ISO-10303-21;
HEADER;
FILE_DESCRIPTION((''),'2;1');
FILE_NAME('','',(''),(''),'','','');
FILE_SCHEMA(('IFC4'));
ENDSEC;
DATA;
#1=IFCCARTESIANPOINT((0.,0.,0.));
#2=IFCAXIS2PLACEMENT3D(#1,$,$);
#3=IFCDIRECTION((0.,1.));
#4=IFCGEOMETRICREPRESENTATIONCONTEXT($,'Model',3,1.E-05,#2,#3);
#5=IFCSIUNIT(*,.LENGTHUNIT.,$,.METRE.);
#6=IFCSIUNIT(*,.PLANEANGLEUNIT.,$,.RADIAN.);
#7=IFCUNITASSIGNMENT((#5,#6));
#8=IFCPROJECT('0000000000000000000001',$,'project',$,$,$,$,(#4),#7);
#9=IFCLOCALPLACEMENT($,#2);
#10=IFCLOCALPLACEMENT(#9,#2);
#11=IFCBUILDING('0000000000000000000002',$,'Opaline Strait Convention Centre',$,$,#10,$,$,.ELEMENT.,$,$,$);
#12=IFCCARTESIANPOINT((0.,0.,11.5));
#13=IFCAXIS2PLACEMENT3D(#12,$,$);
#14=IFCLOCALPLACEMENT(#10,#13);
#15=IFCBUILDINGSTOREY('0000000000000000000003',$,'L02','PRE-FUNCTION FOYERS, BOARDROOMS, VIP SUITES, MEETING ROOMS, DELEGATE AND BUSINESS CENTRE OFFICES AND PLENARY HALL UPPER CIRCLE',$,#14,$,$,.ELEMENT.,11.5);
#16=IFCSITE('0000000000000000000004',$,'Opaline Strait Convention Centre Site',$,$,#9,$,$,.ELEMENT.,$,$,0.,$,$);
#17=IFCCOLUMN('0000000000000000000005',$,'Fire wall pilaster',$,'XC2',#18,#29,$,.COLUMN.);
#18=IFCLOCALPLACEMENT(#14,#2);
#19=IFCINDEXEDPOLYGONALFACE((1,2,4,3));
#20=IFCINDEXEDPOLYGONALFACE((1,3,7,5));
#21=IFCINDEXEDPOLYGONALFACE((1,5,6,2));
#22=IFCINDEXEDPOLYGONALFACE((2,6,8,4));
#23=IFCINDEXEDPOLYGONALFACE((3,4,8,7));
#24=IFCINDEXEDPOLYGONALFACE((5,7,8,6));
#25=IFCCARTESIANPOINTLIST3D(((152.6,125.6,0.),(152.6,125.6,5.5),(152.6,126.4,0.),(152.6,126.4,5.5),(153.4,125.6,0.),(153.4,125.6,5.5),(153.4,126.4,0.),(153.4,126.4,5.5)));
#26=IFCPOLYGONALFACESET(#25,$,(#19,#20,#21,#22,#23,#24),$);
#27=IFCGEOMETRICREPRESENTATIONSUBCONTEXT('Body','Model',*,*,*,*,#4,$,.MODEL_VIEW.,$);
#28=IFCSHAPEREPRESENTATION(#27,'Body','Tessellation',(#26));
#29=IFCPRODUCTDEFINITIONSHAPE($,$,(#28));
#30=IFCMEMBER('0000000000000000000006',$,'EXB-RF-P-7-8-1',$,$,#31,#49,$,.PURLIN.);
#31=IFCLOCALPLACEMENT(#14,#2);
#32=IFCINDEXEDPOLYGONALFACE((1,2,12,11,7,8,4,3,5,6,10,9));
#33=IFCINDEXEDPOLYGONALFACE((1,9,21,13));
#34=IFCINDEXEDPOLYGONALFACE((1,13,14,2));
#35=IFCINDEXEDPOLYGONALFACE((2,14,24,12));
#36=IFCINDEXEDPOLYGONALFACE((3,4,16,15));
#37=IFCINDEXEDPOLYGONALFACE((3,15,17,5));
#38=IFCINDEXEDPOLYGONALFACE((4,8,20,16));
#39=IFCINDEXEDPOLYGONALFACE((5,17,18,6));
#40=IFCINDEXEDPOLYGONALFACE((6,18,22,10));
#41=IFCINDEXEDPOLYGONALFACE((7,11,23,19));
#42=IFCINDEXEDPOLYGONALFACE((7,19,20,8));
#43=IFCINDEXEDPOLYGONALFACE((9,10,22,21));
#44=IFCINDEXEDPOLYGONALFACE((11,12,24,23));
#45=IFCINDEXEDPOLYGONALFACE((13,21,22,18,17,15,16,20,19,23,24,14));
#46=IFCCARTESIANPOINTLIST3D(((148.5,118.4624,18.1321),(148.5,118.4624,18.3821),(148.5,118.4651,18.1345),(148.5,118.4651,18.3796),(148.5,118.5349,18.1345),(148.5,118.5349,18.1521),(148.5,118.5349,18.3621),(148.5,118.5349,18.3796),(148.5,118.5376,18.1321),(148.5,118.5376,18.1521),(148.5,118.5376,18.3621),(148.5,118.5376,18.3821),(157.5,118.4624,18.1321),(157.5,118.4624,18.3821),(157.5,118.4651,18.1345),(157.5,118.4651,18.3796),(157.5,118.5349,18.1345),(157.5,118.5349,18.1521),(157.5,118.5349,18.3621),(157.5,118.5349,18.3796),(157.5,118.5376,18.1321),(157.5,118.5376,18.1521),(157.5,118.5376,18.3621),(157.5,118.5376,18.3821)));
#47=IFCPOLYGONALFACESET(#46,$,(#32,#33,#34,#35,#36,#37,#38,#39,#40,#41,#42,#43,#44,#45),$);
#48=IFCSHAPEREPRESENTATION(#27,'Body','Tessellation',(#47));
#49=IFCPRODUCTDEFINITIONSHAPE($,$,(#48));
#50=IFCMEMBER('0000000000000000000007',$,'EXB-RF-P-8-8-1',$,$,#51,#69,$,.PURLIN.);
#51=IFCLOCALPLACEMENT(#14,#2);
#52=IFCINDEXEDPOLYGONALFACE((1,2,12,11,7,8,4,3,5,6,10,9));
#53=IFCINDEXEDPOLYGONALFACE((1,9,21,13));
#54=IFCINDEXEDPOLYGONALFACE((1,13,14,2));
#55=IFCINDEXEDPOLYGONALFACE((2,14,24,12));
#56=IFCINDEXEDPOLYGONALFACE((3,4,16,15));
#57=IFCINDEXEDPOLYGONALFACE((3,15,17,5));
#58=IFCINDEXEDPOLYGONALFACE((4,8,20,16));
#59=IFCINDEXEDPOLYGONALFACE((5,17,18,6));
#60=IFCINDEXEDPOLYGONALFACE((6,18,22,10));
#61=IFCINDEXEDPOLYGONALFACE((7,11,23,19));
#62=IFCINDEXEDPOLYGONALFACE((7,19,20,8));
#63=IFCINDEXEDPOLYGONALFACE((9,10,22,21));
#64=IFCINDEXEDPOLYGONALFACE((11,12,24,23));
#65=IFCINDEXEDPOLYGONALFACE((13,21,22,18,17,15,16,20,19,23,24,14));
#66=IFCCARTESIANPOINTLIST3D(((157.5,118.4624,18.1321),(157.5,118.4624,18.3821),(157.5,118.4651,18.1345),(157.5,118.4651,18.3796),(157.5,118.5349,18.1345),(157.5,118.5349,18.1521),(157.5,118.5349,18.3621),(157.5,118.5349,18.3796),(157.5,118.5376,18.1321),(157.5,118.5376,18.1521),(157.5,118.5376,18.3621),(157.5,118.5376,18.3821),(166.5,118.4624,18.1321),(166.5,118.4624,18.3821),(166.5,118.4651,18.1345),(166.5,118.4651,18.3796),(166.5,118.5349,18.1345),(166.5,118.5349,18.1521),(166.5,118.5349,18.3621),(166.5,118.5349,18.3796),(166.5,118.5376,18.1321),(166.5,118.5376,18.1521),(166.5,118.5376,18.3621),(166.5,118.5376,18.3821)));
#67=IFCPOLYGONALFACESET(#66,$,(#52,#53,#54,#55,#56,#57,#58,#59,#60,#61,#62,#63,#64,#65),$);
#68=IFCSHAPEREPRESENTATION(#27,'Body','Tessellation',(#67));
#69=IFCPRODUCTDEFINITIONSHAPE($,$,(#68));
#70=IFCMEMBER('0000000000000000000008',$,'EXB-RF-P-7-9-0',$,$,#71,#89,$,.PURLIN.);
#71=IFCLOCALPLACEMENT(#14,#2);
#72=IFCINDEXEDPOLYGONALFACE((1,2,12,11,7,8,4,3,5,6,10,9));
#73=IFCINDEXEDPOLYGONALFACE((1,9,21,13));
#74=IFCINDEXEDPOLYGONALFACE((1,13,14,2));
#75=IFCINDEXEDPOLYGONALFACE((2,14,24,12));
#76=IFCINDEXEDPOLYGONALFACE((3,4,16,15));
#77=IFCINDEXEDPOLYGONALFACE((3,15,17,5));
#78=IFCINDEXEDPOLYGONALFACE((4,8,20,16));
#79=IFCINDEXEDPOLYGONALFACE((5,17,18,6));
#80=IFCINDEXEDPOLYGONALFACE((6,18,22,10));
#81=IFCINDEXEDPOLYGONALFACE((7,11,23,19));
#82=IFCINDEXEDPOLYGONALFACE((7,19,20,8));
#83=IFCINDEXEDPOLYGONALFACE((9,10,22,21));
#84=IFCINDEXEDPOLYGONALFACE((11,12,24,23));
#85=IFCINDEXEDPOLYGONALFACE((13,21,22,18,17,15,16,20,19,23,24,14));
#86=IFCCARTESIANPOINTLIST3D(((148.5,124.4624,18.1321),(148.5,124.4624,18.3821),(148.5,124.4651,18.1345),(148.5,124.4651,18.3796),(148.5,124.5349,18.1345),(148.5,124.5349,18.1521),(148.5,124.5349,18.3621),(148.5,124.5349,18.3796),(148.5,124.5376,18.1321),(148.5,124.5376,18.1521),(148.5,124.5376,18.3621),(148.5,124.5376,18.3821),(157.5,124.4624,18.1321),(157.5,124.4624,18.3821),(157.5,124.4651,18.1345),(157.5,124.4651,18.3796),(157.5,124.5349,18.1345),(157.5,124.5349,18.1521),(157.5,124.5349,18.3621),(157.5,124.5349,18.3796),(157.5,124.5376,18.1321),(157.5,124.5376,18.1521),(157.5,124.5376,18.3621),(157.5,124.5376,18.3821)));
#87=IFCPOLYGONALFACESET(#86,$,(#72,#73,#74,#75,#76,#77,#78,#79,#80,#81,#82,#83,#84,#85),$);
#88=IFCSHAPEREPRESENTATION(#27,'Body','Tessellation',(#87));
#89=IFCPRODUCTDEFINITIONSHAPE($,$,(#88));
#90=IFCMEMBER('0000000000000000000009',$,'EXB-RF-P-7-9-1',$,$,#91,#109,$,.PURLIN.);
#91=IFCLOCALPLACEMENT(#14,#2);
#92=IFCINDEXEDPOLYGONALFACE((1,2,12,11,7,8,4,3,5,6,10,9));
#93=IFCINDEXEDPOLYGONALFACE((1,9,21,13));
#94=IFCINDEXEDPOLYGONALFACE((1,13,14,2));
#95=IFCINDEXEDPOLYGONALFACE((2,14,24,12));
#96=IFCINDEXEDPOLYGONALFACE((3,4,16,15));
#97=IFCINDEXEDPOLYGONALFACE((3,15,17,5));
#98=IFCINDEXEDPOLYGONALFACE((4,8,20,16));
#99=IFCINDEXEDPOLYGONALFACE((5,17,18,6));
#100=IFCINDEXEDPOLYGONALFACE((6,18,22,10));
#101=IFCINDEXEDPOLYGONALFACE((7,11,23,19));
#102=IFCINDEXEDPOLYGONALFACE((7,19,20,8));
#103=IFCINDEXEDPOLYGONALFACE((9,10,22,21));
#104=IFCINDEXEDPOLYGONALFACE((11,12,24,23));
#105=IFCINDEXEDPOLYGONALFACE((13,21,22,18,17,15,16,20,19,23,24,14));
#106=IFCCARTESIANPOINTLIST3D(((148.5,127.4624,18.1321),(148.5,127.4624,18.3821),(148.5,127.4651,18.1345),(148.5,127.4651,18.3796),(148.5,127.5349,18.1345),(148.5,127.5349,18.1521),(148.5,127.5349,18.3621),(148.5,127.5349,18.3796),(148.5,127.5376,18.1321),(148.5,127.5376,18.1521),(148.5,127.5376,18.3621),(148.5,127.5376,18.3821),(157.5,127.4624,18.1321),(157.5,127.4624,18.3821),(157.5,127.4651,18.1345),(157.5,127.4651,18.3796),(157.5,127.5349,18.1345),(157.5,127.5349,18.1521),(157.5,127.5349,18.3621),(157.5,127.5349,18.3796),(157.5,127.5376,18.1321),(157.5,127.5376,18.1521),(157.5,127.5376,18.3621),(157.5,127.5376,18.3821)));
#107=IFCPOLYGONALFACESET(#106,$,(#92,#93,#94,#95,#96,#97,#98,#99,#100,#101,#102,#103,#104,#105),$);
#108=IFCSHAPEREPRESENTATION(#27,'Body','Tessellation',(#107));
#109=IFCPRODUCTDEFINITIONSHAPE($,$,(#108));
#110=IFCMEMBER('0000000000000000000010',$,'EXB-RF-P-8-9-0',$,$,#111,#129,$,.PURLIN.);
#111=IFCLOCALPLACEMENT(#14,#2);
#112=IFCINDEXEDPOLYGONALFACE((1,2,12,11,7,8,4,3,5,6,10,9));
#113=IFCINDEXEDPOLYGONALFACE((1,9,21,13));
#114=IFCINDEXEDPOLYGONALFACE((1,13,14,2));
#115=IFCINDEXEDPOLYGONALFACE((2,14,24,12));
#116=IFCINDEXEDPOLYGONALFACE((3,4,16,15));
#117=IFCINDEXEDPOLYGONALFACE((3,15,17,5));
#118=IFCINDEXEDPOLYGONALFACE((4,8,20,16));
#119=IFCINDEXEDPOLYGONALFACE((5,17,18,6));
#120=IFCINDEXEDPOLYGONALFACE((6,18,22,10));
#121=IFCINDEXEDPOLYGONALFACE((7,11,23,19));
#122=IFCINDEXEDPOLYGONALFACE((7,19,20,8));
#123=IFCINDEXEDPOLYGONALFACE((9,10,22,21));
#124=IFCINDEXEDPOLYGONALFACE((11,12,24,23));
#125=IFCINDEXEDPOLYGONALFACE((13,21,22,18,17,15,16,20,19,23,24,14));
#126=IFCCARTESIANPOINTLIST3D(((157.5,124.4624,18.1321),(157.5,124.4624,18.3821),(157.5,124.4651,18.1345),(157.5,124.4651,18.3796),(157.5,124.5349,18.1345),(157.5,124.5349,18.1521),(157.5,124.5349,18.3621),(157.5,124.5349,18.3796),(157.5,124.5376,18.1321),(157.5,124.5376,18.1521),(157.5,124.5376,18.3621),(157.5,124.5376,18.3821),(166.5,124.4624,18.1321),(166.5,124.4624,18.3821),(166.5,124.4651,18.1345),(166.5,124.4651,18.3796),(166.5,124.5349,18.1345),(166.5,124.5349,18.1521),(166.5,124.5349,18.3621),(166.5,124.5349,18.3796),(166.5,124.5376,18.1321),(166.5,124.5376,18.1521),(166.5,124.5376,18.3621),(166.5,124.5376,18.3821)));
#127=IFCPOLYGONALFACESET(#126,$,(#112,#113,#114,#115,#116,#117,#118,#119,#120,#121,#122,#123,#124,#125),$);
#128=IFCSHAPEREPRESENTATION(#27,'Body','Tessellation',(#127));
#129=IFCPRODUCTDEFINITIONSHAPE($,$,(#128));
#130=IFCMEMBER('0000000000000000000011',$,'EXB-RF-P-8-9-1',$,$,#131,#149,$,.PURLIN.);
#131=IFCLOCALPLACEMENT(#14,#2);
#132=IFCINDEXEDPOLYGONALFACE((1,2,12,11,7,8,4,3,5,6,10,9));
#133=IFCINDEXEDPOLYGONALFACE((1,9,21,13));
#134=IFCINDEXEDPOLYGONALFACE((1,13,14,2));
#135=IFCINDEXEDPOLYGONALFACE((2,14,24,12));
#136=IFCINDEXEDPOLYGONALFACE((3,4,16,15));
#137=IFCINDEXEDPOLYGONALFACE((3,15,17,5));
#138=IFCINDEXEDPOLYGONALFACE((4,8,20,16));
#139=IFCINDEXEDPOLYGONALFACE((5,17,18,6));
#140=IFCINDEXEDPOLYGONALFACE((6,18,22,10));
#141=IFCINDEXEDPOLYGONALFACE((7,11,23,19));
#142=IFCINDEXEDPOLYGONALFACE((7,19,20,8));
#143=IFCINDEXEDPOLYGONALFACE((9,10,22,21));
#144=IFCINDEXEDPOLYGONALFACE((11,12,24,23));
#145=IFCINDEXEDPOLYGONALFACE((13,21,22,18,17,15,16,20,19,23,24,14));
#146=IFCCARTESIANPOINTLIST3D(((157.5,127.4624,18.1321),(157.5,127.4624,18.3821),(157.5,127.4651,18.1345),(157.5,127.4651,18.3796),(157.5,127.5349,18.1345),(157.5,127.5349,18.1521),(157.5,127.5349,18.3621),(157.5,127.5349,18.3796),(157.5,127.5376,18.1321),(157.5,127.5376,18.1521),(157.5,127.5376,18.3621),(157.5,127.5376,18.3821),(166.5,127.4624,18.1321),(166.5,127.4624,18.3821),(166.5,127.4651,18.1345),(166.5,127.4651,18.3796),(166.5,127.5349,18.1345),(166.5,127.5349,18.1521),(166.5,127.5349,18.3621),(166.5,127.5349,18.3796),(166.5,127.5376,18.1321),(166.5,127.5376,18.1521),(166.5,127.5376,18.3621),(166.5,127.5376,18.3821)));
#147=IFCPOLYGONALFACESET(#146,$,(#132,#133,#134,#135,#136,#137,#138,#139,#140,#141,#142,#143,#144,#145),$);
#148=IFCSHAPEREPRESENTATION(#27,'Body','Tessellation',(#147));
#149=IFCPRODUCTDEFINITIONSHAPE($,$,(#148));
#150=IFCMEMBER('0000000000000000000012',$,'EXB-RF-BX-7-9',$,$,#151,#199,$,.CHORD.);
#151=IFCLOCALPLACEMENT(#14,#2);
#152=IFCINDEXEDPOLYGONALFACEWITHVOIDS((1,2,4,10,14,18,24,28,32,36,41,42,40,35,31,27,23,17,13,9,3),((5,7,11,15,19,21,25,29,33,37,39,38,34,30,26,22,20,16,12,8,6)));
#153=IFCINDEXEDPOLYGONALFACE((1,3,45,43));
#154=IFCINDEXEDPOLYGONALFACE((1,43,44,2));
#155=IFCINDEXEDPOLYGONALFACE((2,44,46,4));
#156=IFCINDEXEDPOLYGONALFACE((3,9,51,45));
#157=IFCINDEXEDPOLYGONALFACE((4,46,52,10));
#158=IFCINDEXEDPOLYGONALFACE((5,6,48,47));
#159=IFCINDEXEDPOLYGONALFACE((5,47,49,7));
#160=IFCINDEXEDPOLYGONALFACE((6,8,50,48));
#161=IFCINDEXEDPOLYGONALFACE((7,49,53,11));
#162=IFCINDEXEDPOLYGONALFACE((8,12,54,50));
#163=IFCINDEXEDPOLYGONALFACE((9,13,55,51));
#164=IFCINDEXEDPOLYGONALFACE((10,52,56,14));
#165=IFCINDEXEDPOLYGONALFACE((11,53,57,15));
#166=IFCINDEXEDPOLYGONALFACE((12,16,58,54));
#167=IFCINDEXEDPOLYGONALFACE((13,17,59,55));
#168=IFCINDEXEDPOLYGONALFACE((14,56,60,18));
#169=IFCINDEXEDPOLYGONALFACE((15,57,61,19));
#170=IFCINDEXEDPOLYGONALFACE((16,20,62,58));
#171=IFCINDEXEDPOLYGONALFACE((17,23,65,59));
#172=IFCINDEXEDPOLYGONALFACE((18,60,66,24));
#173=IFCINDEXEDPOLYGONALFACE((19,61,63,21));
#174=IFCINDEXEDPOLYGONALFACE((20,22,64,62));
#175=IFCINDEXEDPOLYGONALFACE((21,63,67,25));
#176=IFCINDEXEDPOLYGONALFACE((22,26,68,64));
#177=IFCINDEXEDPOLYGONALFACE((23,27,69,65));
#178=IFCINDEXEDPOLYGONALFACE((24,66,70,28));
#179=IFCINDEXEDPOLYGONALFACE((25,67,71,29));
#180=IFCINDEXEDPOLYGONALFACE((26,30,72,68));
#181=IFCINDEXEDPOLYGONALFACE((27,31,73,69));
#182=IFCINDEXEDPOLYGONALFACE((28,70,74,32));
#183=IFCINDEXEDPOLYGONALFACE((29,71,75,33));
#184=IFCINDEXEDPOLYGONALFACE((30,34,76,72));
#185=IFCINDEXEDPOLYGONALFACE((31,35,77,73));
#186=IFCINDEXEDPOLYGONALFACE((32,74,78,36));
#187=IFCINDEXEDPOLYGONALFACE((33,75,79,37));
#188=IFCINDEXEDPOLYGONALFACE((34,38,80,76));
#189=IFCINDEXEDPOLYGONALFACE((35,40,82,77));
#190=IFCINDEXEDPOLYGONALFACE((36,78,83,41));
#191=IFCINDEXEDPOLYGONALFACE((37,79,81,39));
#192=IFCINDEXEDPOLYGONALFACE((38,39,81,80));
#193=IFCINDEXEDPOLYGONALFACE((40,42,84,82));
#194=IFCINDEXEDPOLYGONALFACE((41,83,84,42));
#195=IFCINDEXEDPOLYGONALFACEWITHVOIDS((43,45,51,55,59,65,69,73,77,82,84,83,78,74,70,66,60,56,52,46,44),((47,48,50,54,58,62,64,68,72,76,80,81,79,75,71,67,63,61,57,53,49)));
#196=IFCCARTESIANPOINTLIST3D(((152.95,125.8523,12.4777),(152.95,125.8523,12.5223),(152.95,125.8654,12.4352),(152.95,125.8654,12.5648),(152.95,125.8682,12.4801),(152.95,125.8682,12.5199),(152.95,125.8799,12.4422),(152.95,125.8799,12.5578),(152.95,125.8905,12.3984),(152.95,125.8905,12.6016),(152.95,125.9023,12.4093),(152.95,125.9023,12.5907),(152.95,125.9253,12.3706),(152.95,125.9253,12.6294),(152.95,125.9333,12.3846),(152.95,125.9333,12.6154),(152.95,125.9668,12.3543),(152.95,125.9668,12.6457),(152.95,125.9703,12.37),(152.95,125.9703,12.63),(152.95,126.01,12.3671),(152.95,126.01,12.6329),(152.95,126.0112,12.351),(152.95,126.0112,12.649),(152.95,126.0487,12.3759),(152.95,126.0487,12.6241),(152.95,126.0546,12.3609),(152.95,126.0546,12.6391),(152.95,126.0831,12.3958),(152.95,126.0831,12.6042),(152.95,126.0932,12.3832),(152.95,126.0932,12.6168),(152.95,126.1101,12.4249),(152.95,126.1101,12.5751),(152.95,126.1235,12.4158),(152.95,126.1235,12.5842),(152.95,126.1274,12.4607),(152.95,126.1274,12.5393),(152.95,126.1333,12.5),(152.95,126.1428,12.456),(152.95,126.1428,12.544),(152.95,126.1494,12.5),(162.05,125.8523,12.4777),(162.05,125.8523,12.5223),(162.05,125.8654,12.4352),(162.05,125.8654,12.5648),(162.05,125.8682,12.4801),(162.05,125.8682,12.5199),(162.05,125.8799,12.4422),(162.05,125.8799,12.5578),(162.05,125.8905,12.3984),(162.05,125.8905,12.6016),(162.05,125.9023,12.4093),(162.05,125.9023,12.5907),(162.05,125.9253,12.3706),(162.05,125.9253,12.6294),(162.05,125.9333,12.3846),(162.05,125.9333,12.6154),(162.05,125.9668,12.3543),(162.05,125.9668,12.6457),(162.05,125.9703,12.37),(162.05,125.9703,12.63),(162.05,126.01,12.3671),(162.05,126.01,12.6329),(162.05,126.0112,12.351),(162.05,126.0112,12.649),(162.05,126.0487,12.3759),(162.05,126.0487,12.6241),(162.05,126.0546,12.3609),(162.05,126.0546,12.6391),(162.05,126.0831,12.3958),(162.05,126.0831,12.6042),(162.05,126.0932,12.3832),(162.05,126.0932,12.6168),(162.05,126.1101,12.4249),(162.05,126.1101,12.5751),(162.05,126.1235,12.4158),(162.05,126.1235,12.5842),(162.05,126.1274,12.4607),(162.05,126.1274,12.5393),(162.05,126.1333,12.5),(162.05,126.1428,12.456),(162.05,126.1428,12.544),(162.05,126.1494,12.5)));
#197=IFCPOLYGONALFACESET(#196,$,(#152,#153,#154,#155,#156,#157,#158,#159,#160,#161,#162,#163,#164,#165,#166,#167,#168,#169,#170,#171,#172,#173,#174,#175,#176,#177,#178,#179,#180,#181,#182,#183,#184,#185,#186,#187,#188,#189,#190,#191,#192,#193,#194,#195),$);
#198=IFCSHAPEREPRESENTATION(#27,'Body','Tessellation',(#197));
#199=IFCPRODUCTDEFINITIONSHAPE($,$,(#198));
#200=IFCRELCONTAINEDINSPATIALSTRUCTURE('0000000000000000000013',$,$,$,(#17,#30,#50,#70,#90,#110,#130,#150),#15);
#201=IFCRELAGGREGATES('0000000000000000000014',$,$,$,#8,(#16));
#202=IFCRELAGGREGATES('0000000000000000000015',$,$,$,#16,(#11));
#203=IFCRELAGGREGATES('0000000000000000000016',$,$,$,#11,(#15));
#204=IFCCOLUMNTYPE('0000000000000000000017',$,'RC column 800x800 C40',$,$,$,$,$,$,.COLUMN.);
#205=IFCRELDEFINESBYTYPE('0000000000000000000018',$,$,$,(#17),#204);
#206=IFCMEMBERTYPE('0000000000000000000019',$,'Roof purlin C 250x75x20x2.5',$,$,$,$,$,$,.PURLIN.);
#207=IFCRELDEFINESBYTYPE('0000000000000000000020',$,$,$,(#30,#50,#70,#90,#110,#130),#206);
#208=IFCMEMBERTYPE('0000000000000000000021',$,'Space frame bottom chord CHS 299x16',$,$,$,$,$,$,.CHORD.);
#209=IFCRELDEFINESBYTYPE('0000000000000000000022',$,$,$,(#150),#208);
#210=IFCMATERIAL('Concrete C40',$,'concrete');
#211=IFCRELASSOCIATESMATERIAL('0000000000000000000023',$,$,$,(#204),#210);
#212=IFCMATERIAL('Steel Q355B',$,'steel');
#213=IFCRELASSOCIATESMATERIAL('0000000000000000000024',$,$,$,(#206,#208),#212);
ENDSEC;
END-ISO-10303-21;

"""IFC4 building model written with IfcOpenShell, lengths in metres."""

from ifc_helpers import new_model, si_unit, direction, frame, origin, origin_2d, place, context, subcontext, project, spatial, polyline, rectangle, hollow_circle, outline, extrude, material, material_profile, profile_set, type_object, element, save


model = new_model("IFC4")

# Units and contexts
model_context = context("Model", 3, precision=1e-05, world=origin(), true_north=direction((0.0, 1.0)))
body_context = subcontext(model_context, "Body", "Model", "MODEL_VIEW")
ifc_project = project(units=[si_unit("LENGTHUNIT", "METRE"), si_unit("PLANEANGLEUNIT", "RADIAN")], contexts=[model_context])

# Site, building, storey
site_placement = place(None, origin())
site = spatial("IfcSite", under=ifc_project, at=site_placement, Name="Opaline Strait Convention Centre Site", CompositionType="ELEMENT", RefElevation=0.0)
building_placement = place(site_placement, origin())
building = spatial("IfcBuilding", under=site, at=building_placement, Name="Opaline Strait Convention Centre", CompositionType="ELEMENT")
storey_placement = place(building_placement, frame((0.0, 0.0, 11.5)))
storey = spatial("IfcBuildingStorey", under=building, at=storey_placement, Name="L02", Description="PRE-FUNCTION FOYERS, BOARDROOMS, VIP SUITES, MEETING ROOMS, DELEGATE AND BUSINESS CENTRE OFFICES AND PLENARY HALL UPPER CIRCLE", CompositionType="ELEMENT", Elevation=11.5)

# Column
ifc_material_1 = material(Name="Concrete C40", Category="concrete")
ifc_material_profile_1 = material_profile(ifc_material_1, rectangle(XDim=0.8, YDim=0.8, at=origin_2d()), Name="RC 800x800")
ifc_profile_set_1 = profile_set([ifc_material_profile_1], Name="Concrete C40")
column_type = type_object("IfcColumnType", Name="RC column 800x800 C40", PredefinedType="COLUMN", material=ifc_profile_set_1)
column_placement = place(storey_placement, frame((153.0, 126.0, 0.0), z_axis=(0.0, 0.0, 1.0), x_axis=(1.0, 0.0, 0.0)))
element("IfcColumn", 1, at=column_placement, inside=storey, type_object=column_type, Name="Fire wall pilaster", ObjectType="XC2", PredefinedType="COLUMN", context=body_context, shape_type="SweptSolid", body=[
    extrude(rectangle(XDim=0.8, YDim=0.8, at=origin_2d()), origin(), (0.0, 0.0, 1.0), 5.5),
])

# Members
ifc_material_2 = material(Name="Steel Q355B", Category="steel")
ifc_material_profile_2 = material_profile(ifc_material_2, outline(polyline([(-0.0376, -0.125), (0.0376, -0.125), (0.0376, -0.105), (0.0349, -0.105), (0.0349, -0.1226), (-0.0349, -0.1226), (-0.0349, 0.1226), (0.0349, 0.1226), (0.0349, 0.105), (0.0376, 0.105), (0.0376, 0.125), (-0.0376, 0.125), (-0.0376, -0.125)])), Name="C 250x75x20x2.5")
ifc_profile_set_2 = profile_set([ifc_material_profile_2], Name="Steel Q355B")
member_type_1 = type_object("IfcMemberType", Name="Roof purlin C 250x75x20x2.5", PredefinedType="PURLIN", material=ifc_profile_set_2)
for number, where, z_axis, x_axis, name in (
    (2, (148.5, 118.5, 18.2571), (1.0, 0.0, 0.0), (0.0, 1.0, 0.0), "EXB-RF-P-7-8-1"),
    (3, (157.5, 118.5, 18.2571), (1.0, 0.0, 0.0), (0.0, 1.0, 0.0), "EXB-RF-P-8-8-1"),
    (4, (148.5, 124.5, 18.2571), (1.0, 0.0, 0.0), (0.0, 1.0, 0.0), "EXB-RF-P-7-9-0"),
    (5, (148.5, 127.5, 18.2571), (1.0, 0.0, 0.0), (0.0, 1.0, 0.0), "EXB-RF-P-7-9-1"),
    (6, (157.5, 124.5, 18.2571), (1.0, 0.0, 0.0), (0.0, 1.0, 0.0), "EXB-RF-P-8-9-0"),
    (7, (157.5, 127.5, 18.2571), (1.0, 0.0, 0.0), (0.0, 1.0, 0.0), "EXB-RF-P-8-9-1"),
):
    element("IfcMember", number, at=place(storey_placement, frame(where, z_axis=z_axis, x_axis=x_axis)), inside=storey, type_object=member_type_1, Name=name, PredefinedType="PURLIN", context=body_context, shape_type="SweptSolid", body=[
        extrude(outline(polyline([(-0.0376, -0.125), (0.0376, -0.125), (0.0376, -0.105), (0.0349, -0.105), (0.0349, -0.1226), (-0.0349, -0.1226), (-0.0349, 0.1226), (0.0349, 0.1226), (0.0349, 0.105), (0.0376, 0.105), (0.0376, 0.125), (-0.0376, 0.125), (-0.0376, -0.125)])), origin(), (0.0, 0.0, 1.0), 9.0),
    ])
ifc_material_profile_3 = material_profile(ifc_material_2, hollow_circle(Radius=0.1494, WallThickness=0.0161, at=origin_2d()), Name="CHS 299x16")
ifc_profile_set_3 = profile_set([ifc_material_profile_3], Name="Steel Q355B")
member_type_2 = type_object("IfcMemberType", Name="Space frame bottom chord CHS 299x16", PredefinedType="CHORD", material=ifc_profile_set_3)
for number, where, z_axis, x_axis, name in (
    (8, (152.95, 126.0, 12.5), (1.0, 0.0, 0.0), (0.0, 1.0, 0.0), "EXB-RF-BX-7-9"),
):
    element("IfcMember", number, at=place(storey_placement, frame(where, z_axis=z_axis, x_axis=x_axis)), inside=storey, type_object=member_type_2, Name=name, PredefinedType="CHORD", context=body_context, shape_type="SweptSolid", body=[
        extrude(hollow_circle(Radius=0.1494, WallThickness=0.0161, at=origin_2d()), origin(), (0.0, 0.0, 1.0), 9.1001),
    ])

save(model, "model.ifc")
